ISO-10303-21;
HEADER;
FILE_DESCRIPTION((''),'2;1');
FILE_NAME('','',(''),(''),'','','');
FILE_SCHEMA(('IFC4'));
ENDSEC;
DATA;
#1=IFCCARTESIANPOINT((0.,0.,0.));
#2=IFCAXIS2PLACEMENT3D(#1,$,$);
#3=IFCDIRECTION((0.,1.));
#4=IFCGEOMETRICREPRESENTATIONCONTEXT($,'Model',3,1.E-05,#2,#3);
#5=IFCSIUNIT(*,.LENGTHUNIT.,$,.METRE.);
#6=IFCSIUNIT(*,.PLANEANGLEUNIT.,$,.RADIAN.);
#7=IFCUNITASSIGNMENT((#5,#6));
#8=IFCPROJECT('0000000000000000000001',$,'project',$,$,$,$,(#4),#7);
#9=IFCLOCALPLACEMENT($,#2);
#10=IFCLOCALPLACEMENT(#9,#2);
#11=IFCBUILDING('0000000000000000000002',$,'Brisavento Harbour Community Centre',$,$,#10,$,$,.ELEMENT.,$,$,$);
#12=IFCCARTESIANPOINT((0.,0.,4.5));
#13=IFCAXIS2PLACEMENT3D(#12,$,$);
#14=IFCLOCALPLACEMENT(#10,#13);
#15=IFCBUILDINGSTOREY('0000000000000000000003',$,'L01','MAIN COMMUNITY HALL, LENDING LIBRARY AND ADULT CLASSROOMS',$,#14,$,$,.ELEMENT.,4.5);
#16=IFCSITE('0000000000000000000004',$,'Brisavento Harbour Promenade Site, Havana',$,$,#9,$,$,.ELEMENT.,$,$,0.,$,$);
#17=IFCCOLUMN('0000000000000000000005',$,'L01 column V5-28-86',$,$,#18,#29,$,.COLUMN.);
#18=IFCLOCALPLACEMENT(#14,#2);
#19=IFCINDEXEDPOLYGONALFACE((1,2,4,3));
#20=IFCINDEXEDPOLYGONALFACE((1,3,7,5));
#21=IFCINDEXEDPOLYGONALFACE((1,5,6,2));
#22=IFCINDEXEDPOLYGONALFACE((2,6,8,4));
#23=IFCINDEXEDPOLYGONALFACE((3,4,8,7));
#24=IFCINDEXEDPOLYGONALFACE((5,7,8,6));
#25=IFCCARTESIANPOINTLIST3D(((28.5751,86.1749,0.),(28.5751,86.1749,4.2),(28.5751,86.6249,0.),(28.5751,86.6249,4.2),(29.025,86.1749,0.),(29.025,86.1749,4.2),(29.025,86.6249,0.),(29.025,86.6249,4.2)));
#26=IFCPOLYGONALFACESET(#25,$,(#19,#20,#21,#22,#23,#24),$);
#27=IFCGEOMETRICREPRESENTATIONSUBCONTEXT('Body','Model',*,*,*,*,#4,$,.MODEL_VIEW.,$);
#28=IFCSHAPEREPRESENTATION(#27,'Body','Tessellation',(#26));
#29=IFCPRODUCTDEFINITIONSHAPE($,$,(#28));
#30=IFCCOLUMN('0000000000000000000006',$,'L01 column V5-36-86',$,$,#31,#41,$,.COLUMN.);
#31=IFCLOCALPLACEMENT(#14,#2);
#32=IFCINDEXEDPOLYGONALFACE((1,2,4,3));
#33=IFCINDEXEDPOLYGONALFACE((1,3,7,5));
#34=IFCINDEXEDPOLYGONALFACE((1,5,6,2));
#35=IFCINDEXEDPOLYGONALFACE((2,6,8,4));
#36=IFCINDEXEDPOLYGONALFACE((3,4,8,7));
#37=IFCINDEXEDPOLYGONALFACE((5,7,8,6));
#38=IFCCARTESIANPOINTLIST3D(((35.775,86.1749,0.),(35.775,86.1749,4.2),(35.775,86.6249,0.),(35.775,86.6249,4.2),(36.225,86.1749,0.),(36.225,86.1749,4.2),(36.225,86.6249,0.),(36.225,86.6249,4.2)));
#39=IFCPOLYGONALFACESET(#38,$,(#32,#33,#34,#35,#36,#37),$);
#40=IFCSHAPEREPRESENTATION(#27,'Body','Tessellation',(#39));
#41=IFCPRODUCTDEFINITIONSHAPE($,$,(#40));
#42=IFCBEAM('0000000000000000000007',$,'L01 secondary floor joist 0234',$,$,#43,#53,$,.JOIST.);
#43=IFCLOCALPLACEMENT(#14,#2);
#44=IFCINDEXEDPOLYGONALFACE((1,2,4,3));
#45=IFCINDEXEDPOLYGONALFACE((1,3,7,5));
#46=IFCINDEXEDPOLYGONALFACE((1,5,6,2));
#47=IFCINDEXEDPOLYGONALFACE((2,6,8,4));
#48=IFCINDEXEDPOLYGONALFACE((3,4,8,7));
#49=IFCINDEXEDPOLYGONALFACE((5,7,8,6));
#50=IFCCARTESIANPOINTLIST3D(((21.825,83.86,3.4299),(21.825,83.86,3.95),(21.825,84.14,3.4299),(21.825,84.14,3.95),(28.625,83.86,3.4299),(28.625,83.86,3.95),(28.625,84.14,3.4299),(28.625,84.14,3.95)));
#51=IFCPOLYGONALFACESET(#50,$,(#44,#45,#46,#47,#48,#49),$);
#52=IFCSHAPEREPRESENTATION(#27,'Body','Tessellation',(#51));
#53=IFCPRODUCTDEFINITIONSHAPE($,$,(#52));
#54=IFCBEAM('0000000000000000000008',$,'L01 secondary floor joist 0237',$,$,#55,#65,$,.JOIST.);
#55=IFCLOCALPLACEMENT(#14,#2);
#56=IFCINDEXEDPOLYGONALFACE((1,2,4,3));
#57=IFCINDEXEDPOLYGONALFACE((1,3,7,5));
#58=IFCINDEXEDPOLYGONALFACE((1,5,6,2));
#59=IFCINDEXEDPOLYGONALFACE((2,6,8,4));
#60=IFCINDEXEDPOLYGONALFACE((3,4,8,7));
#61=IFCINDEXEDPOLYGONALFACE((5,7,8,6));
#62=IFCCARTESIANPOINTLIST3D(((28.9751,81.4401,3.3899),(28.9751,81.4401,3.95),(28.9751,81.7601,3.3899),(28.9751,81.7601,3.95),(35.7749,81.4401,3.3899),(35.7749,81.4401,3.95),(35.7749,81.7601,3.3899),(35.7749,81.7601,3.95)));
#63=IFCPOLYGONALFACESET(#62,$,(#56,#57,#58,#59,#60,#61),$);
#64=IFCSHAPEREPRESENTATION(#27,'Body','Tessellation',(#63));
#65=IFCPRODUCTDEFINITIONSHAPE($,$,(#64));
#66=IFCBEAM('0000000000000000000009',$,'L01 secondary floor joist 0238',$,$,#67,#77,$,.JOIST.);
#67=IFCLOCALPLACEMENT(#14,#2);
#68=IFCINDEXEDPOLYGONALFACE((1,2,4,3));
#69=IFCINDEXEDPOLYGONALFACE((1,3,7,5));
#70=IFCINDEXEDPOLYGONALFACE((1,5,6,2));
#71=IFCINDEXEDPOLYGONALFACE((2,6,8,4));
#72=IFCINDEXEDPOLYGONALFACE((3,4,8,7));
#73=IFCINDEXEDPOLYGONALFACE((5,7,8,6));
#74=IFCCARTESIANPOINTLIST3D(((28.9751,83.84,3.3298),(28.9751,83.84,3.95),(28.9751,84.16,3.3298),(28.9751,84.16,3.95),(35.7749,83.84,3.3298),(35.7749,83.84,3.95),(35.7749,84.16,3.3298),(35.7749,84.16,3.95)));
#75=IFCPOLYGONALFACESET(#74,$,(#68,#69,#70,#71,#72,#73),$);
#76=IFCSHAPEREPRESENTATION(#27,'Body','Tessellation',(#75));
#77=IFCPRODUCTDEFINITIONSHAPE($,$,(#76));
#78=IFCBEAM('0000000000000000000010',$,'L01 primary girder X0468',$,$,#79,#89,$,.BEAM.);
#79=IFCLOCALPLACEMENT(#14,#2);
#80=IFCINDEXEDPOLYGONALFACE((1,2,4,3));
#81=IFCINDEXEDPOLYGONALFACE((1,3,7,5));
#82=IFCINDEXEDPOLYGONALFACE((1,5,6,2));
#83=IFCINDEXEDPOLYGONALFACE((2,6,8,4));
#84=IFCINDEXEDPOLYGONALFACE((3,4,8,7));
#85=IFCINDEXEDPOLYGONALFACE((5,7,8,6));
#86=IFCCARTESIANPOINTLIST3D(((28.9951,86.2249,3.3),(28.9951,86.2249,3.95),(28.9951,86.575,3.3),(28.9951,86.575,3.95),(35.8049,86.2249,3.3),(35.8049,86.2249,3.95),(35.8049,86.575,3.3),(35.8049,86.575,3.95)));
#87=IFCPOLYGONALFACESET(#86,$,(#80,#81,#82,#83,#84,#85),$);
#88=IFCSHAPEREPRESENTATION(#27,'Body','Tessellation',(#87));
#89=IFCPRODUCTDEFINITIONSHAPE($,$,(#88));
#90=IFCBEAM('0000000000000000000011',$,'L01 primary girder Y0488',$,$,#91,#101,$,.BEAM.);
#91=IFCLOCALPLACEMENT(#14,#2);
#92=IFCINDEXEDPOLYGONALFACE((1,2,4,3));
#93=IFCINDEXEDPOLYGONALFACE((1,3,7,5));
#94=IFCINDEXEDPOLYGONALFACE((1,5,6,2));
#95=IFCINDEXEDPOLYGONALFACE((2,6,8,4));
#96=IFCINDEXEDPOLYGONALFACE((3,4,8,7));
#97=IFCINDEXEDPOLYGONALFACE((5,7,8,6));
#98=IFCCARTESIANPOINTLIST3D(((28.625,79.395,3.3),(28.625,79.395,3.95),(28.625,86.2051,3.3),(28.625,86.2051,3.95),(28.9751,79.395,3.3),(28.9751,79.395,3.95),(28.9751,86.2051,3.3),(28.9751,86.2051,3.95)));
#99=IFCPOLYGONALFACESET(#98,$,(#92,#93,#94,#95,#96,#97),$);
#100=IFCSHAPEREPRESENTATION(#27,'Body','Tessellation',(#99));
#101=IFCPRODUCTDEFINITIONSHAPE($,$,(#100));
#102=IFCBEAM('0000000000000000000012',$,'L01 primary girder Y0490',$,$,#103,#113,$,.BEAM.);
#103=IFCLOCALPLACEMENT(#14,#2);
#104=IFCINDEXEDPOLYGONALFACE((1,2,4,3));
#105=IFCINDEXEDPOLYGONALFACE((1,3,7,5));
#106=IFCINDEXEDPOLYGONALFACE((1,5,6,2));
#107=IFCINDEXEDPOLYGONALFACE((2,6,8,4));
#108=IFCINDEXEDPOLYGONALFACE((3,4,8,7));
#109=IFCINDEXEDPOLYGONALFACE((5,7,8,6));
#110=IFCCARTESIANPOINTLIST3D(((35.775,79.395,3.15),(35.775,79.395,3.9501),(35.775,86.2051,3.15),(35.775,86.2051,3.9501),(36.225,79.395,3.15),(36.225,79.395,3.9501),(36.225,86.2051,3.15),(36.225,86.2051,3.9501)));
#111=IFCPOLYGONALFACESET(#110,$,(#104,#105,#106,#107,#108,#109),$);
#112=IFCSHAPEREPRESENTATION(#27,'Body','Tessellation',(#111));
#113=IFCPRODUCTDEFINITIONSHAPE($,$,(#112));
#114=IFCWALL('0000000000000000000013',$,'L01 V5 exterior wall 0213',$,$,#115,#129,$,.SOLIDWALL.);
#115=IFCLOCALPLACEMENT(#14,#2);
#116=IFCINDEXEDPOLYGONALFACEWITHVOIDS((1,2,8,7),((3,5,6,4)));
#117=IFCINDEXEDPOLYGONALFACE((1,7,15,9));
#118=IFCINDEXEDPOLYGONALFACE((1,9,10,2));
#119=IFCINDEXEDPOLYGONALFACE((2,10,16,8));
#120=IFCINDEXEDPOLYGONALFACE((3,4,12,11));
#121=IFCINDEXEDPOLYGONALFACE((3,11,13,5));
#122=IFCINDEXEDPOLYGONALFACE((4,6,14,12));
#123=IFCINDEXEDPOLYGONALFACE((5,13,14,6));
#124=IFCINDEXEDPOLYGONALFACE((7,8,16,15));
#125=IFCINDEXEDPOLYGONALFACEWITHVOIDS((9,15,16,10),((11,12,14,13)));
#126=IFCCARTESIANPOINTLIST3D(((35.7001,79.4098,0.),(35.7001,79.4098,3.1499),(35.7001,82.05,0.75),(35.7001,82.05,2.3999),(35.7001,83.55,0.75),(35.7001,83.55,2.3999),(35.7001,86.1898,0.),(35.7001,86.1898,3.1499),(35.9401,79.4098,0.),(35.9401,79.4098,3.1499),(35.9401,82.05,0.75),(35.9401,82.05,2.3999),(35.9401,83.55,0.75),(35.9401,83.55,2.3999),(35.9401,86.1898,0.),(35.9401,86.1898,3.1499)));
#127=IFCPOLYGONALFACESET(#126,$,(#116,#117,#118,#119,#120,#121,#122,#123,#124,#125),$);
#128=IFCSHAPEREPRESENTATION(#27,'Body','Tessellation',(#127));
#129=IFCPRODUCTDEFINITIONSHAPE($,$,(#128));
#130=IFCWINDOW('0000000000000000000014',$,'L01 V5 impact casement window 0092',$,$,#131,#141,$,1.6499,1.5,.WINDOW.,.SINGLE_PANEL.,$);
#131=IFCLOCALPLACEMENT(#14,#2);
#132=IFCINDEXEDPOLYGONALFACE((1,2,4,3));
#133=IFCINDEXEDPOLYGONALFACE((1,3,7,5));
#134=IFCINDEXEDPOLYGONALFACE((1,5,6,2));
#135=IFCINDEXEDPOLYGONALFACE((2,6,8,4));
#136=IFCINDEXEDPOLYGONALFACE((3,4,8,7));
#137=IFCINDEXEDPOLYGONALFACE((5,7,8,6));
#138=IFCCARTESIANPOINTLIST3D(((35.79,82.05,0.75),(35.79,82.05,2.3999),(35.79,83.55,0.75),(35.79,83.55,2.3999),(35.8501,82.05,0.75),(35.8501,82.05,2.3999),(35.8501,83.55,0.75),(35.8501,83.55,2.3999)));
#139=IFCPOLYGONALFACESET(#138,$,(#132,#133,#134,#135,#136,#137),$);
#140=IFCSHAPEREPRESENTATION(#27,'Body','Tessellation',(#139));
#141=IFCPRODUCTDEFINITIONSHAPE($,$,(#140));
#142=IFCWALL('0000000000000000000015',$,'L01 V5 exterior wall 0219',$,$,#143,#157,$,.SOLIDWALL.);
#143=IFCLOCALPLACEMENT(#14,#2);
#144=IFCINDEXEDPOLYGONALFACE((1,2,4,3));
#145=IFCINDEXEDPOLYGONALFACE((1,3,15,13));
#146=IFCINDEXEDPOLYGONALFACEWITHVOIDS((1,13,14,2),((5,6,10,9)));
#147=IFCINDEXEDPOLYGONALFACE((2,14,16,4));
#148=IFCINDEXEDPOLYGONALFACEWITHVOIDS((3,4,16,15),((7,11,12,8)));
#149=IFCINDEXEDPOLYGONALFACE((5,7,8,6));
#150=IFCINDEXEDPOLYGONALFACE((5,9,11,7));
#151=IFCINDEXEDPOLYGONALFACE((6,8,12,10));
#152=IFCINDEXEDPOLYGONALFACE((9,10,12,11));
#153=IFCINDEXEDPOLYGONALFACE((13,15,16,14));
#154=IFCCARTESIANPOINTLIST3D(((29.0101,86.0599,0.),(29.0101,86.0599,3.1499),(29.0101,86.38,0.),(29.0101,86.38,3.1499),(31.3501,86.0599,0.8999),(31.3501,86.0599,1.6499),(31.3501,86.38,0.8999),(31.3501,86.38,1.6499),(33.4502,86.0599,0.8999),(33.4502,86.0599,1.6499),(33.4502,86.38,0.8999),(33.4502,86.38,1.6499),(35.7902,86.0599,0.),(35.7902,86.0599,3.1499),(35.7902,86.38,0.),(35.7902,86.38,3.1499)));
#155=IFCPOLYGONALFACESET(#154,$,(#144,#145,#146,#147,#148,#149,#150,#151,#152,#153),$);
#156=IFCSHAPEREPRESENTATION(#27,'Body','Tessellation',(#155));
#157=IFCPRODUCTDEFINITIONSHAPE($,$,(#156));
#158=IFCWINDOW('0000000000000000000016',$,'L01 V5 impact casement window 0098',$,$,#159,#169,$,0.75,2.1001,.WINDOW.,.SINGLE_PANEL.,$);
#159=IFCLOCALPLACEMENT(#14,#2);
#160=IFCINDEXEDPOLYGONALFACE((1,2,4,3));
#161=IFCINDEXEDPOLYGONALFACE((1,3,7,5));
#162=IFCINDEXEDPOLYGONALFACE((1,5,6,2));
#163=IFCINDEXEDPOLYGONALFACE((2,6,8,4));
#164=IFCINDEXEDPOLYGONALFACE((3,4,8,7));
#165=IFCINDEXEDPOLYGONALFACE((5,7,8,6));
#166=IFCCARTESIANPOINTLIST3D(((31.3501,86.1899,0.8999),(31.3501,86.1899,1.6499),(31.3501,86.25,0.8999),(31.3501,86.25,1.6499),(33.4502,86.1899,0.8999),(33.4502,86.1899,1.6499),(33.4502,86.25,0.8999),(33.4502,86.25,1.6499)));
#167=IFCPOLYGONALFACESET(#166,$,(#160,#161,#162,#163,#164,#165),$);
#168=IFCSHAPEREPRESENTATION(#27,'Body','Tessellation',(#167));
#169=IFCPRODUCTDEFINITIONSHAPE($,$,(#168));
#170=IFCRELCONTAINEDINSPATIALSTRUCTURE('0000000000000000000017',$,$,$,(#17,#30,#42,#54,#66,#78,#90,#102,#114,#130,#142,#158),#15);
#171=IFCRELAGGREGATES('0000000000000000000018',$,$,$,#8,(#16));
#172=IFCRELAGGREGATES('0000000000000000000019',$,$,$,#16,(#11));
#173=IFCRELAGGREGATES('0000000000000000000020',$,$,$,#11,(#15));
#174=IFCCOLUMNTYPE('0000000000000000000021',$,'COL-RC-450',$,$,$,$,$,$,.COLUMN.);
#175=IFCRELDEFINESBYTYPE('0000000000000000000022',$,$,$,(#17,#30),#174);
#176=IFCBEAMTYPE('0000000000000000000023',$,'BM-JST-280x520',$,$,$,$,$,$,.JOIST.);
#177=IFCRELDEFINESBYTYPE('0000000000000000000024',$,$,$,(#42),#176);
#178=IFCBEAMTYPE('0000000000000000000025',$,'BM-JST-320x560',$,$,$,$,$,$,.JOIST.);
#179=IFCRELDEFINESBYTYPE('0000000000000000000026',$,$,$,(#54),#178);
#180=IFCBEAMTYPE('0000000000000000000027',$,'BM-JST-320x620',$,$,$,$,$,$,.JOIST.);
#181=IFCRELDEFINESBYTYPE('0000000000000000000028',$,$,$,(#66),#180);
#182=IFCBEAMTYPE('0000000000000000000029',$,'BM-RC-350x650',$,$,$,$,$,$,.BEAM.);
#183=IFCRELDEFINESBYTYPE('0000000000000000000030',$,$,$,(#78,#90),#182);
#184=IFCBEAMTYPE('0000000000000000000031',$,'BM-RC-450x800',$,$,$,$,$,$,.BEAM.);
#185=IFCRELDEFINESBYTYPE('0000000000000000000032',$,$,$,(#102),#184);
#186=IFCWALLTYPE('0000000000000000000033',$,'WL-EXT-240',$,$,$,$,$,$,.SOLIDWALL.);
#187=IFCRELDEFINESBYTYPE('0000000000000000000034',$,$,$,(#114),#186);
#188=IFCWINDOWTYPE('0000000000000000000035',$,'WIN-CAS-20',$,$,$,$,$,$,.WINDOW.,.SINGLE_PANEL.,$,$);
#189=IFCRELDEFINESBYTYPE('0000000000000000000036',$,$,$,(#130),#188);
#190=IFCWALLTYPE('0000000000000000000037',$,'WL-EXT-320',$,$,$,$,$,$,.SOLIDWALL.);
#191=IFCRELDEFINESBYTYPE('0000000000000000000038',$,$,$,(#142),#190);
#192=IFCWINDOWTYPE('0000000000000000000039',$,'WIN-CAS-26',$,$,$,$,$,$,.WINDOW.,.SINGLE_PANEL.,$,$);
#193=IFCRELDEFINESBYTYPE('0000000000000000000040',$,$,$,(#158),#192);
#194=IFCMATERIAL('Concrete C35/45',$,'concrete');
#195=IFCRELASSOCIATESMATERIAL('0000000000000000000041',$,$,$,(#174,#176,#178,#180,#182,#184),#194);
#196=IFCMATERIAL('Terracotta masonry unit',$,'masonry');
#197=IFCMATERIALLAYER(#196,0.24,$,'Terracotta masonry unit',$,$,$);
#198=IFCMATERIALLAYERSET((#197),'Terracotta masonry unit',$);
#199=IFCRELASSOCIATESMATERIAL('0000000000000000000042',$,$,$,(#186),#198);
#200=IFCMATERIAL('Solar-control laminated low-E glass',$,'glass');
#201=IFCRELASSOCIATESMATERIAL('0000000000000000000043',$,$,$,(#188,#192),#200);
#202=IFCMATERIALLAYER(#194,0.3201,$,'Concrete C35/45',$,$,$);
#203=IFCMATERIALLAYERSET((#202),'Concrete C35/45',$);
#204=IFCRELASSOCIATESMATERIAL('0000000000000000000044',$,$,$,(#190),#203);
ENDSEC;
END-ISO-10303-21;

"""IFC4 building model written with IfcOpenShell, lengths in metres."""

from ifc_helpers import new_model, si_unit, direction, frame, frame_2d, origin, origin_2d, place, context, subcontext, project, spatial, rectangle, extrude, material, layer, layer_set, material_profile, profile_set, type_object, element, fill, save


model = new_model("IFC4")

# Units and contexts
model_context = context("Model", 3, precision=1e-05, world=origin(), true_north=direction((0.0, 1.0)))
body_context = subcontext(model_context, "Body", "Model", "MODEL_VIEW")
ifc_project = project(units=[si_unit("LENGTHUNIT", "METRE"), si_unit("PLANEANGLEUNIT", "RADIAN")], contexts=[model_context])

# Site, building, storey
site_placement = place(None, origin())
site = spatial("IfcSite", under=ifc_project, at=site_placement, Name="Brisavento Harbour Promenade Site, Havana", CompositionType="ELEMENT", RefElevation=0.0)
building_placement = place(site_placement, origin())
building = spatial("IfcBuilding", under=site, at=building_placement, Name="Brisavento Harbour Community Centre", CompositionType="ELEMENT")
storey_placement = place(building_placement, frame((0.0, 0.0, 4.5)))
storey = spatial("IfcBuildingStorey", under=building, at=storey_placement, Name="L01", Description="MAIN COMMUNITY HALL, LENDING LIBRARY AND ADULT CLASSROOMS", CompositionType="ELEMENT", Elevation=4.5)

# Columns
ifc_material_1 = material(Name="Concrete C35/45", Category="concrete")
ifc_material_profile_1 = material_profile(ifc_material_1, rectangle(XDim=0.45, YDim=0.45, at=origin_2d()), Name="Concrete C35/45")
ifc_profile_set_1 = profile_set([ifc_material_profile_1], Name="Concrete C35/45")
column_type = type_object("IfcColumnType", Name="COL-RC-450", PredefinedType="COLUMN", material=ifc_profile_set_1)
for number, where, z_axis, x_axis, name in (
    (1, (28.8, 86.3999, 0.0), (0.0, 0.0, 1.0), (1.0, 0.0, 0.0), "L01 column V5-28-86"),
    (2, (36.0, 86.3999, 0.0), (0.0, 0.0, 1.0), (1.0, 0.0, 0.0), "L01 column V5-36-86"),
):
    element("IfcColumn", number, at=place(storey_placement, frame(where, z_axis=z_axis, x_axis=x_axis)), inside=storey, type_object=column_type, Name=name, PredefinedType="COLUMN", context=body_context, shape_type="SweptSolid", body=[
        extrude(rectangle(XDim=0.45, YDim=0.45, at=origin_2d()), origin(), (0.0, 0.0, 1.0), 4.2),
    ])

# Beams
ifc_material_profile_2 = material_profile(ifc_material_1, rectangle(XDim=0.28, YDim=0.52, at=origin_2d()), Name="Concrete C35/45")
ifc_profile_set_2 = profile_set([ifc_material_profile_2], Name="Concrete C35/45")
beam_type_1 = type_object("IfcBeamType", Name="BM-JST-280x520", PredefinedType="JOIST", material=ifc_profile_set_2)
beam_1_placement = place(storey_placement, frame((21.825, 84.0, 3.6899), z_axis=(1.0, 0.0, 0.0), x_axis=(0.0, 1.0, 0.0)))
element("IfcBeam", 3, at=beam_1_placement, inside=storey, type_object=beam_type_1, Name="L01 secondary floor joist 0234", PredefinedType="JOIST", context=body_context, shape_type="SweptSolid", body=[
    extrude(rectangle(XDim=0.28, YDim=0.52, at=origin_2d()), origin(), (0.0, 0.0, 1.0), 6.8),
])
ifc_material_profile_3 = material_profile(ifc_material_1, rectangle(XDim=0.3201, YDim=0.5601, at=origin_2d()), Name="Concrete C35/45")
ifc_profile_set_3 = profile_set([ifc_material_profile_3], Name="Concrete C35/45")
beam_type_2 = type_object("IfcBeamType", Name="BM-JST-320x560", PredefinedType="JOIST", material=ifc_profile_set_3)
beam_2_placement = place(storey_placement, frame((28.9751, 81.6001, 3.6699), z_axis=(1.0, 0.0, 0.0), x_axis=(0.0, 1.0, 0.0)))
element("IfcBeam", 4, at=beam_2_placement, inside=storey, type_object=beam_type_2, Name="L01 secondary floor joist 0237", PredefinedType="JOIST", context=body_context, shape_type="SweptSolid", body=[
    extrude(rectangle(XDim=0.3201, YDim=0.5601, at=origin_2d()), origin(), (0.0, 0.0, 1.0), 6.7998),
])
ifc_material_profile_4 = material_profile(ifc_material_1, rectangle(XDim=0.3201, YDim=0.6201, at=origin_2d()), Name="Concrete C35/45")
ifc_profile_set_4 = profile_set([ifc_material_profile_4], Name="Concrete C35/45")
beam_type_3 = type_object("IfcBeamType", Name="BM-JST-320x620", PredefinedType="JOIST", material=ifc_profile_set_4)
beam_3_placement = place(storey_placement, frame((28.9751, 84.0, 3.6399), z_axis=(1.0, 0.0, 0.0), x_axis=(0.0, 1.0, 0.0)))
element("IfcBeam", 5, at=beam_3_placement, inside=storey, type_object=beam_type_3, Name="L01 secondary floor joist 0238", PredefinedType="JOIST", context=body_context, shape_type="SweptSolid", body=[
    extrude(rectangle(XDim=0.3201, YDim=0.6201, at=origin_2d()), origin(), (0.0, 0.0, 1.0), 6.7998),
])
ifc_material_profile_5 = material_profile(ifc_material_1, rectangle(XDim=0.3501, YDim=0.6499, at=origin_2d()), Name="Concrete C35/45")
ifc_profile_set_5 = profile_set([ifc_material_profile_5], Name="Concrete C35/45")
beam_type_4 = type_object("IfcBeamType", Name="BM-RC-350x650", PredefinedType="BEAM", material=ifc_profile_set_5)
beam_4_placement = place(storey_placement, frame((28.9951, 86.3999, 3.625), z_axis=(1.0, 0.0, 0.0), x_axis=(0.0, 1.0, 0.0)))
element("IfcBeam", 6, at=beam_4_placement, inside=storey, type_object=beam_type_4, Name="L01 primary girder X0468", PredefinedType="BEAM", context=body_context, shape_type="SweptSolid", body=[
    extrude(rectangle(XDim=0.3501, YDim=0.6499, at=origin_2d()), origin(), (0.0, 0.0, 1.0), 6.8098),
])
beam_5_placement = place(storey_placement, frame((28.8, 79.395, 3.625), z_axis=(0.0, 1.0, 0.0), x_axis=(-1.0, 0.0, 0.0)))
element("IfcBeam", 7, at=beam_5_placement, inside=storey, type_object=beam_type_4, Name="L01 primary girder Y0488", PredefinedType="BEAM", context=body_context, shape_type="SweptSolid", body=[
    extrude(rectangle(XDim=0.3501, YDim=0.6499, at=origin_2d()), origin(), (0.0, 0.0, 1.0), 6.8101),
])
ifc_material_profile_6 = material_profile(ifc_material_1, rectangle(XDim=0.45, YDim=0.8, at=origin_2d()), Name="Concrete C35/45")
ifc_profile_set_6 = profile_set([ifc_material_profile_6], Name="Concrete C35/45")
beam_type_5 = type_object("IfcBeamType", Name="BM-RC-450x800", PredefinedType="BEAM", material=ifc_profile_set_6)
beam_6_placement = place(storey_placement, frame((36.0, 79.395, 3.55), z_axis=(0.0, 1.0, 0.0), x_axis=(-1.0, 0.0, 0.0)))
element("IfcBeam", 8, at=beam_6_placement, inside=storey, type_object=beam_type_5, Name="L01 primary girder Y0490", PredefinedType="BEAM", context=body_context, shape_type="SweptSolid", body=[
    extrude(rectangle(XDim=0.45, YDim=0.8, at=origin_2d()), origin(), (0.0, 0.0, 1.0), 6.8101),
])

# Walls, openings, windows
ifc_material_2 = material(Name="Terracotta masonry unit", Category="masonry")
ifc_layer_1 = layer(ifc_material_2, 0.24, Name="Terracotta masonry unit")
ifc_layer_set_1 = layer_set([ifc_layer_1], Name="Terracotta masonry unit")
wall_type_1 = type_object("IfcWallType", Name="WL-EXT-240", PredefinedType="SOLIDWALL", material=ifc_layer_set_1)
wall_1_placement = place(storey_placement, frame((35.8201, 86.1899, 0.0), z_axis=(0.0, 0.0, 1.0), x_axis=(0.0, -1.0, 0.0)))
wall_1 = element("IfcWall", 9, at=wall_1_placement, inside=storey, type_object=wall_type_1, Name="L01 V5 exterior wall 0213", PredefinedType="SOLIDWALL", context=body_context, shape_type="SweptSolid", body=[
    extrude(rectangle(XDim=6.78, YDim=0.24, at=frame_2d((3.3901, 0.0))), origin(), (0.0, 0.0, 1.0), 3.1499),
])
opening_1_placement = place(wall_1_placement, frame((2.6399, 0.0, 0.75)))
opening_1 = element("IfcOpeningElement", 10, at=opening_1_placement, cuts=wall_1, PredefinedType="OPENING", context=body_context, shape_type="SweptSolid", body=[
    extrude(rectangle(XDim=1.5, YDim=1.6499, at=frame_2d((0.75, 0.825))), frame((0.0, 0.1299, 0.0), z_axis=(0.0, -1.0, 0.0), x_axis=(1.0, 0.0, 0.0)), (0.0, 0.0, 1.0), 0.26),
])
ifc_material_3 = material(Name="Solar-control laminated low-E glass", Category="glass")
window_type_1 = type_object("IfcWindowType", Name="WIN-CAS-20", PartitioningType="SINGLE_PANEL", PredefinedType="WINDOW", material=ifc_material_3)
window_1_placement = place(opening_1_placement, origin())
window_1 = element("IfcWindow", 11, at=window_1_placement, inside=storey, type_object=window_type_1, Name="L01 V5 impact casement window 0092", OverallHeight=1.6499, OverallWidth=1.5, PartitioningType="SINGLE_PANEL", PredefinedType="WINDOW", context=body_context, shape_type="SweptSolid", body=[
    extrude(rectangle(XDim=1.5, YDim=1.6499, at=frame_2d((0.75, 0.825))), frame((0.0, 0.03, 0.0), z_axis=(0.0, -1.0, 0.0), x_axis=(1.0, 0.0, 0.0)), (0.0, 0.0, 1.0), 0.0601),
])
fill(opening_1, window_1)
ifc_layer_2 = layer(ifc_material_1, 0.3201, Name="Concrete C35/45")
ifc_layer_set_2 = layer_set([ifc_layer_2], Name="Concrete C35/45")
wall_type_2 = type_object("IfcWallType", Name="WL-EXT-320", PredefinedType="SOLIDWALL", material=ifc_layer_set_2)
wall_2_placement = place(storey_placement, frame((29.01, 86.22, 0.0), z_axis=(0.0, 0.0, 1.0), x_axis=(1.0, 0.0, 0.0)))
wall_2 = element("IfcWall", 12, at=wall_2_placement, inside=storey, type_object=wall_type_2, Name="L01 V5 exterior wall 0219", PredefinedType="SOLIDWALL", context=body_context, shape_type="SweptSolid", body=[
    extrude(rectangle(XDim=6.78, YDim=0.3201, at=frame_2d((3.3901, 0.0))), origin(), (0.0, 0.0, 1.0), 3.1499),
])
opening_2_placement = place(wall_2_placement, frame((2.3401, 0.0, 0.8999)))
opening_2 = element("IfcOpeningElement", 13, at=opening_2_placement, cuts=wall_2, PredefinedType="OPENING", context=body_context, shape_type="SweptSolid", body=[
    extrude(rectangle(XDim=2.1001, YDim=0.75, at=frame_2d((1.05, 0.375))), frame((0.0, 0.1699, 0.0), z_axis=(0.0, -1.0, 0.0), x_axis=(1.0, 0.0, 0.0)), (0.0, 0.0, 1.0), 0.3401),
])
window_type_2 = type_object("IfcWindowType", Name="WIN-CAS-26", PartitioningType="SINGLE_PANEL", PredefinedType="WINDOW", material=ifc_material_3)
window_2_placement = place(opening_2_placement, origin())
window_2 = element("IfcWindow", 14, at=window_2_placement, inside=storey, type_object=window_type_2, Name="L01 V5 impact casement window 0098", OverallHeight=0.75, OverallWidth=2.1001, PartitioningType="SINGLE_PANEL", PredefinedType="WINDOW", context=body_context, shape_type="SweptSolid", body=[
    extrude(rectangle(XDim=2.1001, YDim=0.75, at=frame_2d((1.05, 0.375))), frame((0.0, 0.03, 0.0), z_axis=(0.0, -1.0, 0.0), x_axis=(1.0, 0.0, 0.0)), (0.0, 0.0, 1.0), 0.0601),
])
fill(opening_2, window_2)

save(model, "model.ifc")
